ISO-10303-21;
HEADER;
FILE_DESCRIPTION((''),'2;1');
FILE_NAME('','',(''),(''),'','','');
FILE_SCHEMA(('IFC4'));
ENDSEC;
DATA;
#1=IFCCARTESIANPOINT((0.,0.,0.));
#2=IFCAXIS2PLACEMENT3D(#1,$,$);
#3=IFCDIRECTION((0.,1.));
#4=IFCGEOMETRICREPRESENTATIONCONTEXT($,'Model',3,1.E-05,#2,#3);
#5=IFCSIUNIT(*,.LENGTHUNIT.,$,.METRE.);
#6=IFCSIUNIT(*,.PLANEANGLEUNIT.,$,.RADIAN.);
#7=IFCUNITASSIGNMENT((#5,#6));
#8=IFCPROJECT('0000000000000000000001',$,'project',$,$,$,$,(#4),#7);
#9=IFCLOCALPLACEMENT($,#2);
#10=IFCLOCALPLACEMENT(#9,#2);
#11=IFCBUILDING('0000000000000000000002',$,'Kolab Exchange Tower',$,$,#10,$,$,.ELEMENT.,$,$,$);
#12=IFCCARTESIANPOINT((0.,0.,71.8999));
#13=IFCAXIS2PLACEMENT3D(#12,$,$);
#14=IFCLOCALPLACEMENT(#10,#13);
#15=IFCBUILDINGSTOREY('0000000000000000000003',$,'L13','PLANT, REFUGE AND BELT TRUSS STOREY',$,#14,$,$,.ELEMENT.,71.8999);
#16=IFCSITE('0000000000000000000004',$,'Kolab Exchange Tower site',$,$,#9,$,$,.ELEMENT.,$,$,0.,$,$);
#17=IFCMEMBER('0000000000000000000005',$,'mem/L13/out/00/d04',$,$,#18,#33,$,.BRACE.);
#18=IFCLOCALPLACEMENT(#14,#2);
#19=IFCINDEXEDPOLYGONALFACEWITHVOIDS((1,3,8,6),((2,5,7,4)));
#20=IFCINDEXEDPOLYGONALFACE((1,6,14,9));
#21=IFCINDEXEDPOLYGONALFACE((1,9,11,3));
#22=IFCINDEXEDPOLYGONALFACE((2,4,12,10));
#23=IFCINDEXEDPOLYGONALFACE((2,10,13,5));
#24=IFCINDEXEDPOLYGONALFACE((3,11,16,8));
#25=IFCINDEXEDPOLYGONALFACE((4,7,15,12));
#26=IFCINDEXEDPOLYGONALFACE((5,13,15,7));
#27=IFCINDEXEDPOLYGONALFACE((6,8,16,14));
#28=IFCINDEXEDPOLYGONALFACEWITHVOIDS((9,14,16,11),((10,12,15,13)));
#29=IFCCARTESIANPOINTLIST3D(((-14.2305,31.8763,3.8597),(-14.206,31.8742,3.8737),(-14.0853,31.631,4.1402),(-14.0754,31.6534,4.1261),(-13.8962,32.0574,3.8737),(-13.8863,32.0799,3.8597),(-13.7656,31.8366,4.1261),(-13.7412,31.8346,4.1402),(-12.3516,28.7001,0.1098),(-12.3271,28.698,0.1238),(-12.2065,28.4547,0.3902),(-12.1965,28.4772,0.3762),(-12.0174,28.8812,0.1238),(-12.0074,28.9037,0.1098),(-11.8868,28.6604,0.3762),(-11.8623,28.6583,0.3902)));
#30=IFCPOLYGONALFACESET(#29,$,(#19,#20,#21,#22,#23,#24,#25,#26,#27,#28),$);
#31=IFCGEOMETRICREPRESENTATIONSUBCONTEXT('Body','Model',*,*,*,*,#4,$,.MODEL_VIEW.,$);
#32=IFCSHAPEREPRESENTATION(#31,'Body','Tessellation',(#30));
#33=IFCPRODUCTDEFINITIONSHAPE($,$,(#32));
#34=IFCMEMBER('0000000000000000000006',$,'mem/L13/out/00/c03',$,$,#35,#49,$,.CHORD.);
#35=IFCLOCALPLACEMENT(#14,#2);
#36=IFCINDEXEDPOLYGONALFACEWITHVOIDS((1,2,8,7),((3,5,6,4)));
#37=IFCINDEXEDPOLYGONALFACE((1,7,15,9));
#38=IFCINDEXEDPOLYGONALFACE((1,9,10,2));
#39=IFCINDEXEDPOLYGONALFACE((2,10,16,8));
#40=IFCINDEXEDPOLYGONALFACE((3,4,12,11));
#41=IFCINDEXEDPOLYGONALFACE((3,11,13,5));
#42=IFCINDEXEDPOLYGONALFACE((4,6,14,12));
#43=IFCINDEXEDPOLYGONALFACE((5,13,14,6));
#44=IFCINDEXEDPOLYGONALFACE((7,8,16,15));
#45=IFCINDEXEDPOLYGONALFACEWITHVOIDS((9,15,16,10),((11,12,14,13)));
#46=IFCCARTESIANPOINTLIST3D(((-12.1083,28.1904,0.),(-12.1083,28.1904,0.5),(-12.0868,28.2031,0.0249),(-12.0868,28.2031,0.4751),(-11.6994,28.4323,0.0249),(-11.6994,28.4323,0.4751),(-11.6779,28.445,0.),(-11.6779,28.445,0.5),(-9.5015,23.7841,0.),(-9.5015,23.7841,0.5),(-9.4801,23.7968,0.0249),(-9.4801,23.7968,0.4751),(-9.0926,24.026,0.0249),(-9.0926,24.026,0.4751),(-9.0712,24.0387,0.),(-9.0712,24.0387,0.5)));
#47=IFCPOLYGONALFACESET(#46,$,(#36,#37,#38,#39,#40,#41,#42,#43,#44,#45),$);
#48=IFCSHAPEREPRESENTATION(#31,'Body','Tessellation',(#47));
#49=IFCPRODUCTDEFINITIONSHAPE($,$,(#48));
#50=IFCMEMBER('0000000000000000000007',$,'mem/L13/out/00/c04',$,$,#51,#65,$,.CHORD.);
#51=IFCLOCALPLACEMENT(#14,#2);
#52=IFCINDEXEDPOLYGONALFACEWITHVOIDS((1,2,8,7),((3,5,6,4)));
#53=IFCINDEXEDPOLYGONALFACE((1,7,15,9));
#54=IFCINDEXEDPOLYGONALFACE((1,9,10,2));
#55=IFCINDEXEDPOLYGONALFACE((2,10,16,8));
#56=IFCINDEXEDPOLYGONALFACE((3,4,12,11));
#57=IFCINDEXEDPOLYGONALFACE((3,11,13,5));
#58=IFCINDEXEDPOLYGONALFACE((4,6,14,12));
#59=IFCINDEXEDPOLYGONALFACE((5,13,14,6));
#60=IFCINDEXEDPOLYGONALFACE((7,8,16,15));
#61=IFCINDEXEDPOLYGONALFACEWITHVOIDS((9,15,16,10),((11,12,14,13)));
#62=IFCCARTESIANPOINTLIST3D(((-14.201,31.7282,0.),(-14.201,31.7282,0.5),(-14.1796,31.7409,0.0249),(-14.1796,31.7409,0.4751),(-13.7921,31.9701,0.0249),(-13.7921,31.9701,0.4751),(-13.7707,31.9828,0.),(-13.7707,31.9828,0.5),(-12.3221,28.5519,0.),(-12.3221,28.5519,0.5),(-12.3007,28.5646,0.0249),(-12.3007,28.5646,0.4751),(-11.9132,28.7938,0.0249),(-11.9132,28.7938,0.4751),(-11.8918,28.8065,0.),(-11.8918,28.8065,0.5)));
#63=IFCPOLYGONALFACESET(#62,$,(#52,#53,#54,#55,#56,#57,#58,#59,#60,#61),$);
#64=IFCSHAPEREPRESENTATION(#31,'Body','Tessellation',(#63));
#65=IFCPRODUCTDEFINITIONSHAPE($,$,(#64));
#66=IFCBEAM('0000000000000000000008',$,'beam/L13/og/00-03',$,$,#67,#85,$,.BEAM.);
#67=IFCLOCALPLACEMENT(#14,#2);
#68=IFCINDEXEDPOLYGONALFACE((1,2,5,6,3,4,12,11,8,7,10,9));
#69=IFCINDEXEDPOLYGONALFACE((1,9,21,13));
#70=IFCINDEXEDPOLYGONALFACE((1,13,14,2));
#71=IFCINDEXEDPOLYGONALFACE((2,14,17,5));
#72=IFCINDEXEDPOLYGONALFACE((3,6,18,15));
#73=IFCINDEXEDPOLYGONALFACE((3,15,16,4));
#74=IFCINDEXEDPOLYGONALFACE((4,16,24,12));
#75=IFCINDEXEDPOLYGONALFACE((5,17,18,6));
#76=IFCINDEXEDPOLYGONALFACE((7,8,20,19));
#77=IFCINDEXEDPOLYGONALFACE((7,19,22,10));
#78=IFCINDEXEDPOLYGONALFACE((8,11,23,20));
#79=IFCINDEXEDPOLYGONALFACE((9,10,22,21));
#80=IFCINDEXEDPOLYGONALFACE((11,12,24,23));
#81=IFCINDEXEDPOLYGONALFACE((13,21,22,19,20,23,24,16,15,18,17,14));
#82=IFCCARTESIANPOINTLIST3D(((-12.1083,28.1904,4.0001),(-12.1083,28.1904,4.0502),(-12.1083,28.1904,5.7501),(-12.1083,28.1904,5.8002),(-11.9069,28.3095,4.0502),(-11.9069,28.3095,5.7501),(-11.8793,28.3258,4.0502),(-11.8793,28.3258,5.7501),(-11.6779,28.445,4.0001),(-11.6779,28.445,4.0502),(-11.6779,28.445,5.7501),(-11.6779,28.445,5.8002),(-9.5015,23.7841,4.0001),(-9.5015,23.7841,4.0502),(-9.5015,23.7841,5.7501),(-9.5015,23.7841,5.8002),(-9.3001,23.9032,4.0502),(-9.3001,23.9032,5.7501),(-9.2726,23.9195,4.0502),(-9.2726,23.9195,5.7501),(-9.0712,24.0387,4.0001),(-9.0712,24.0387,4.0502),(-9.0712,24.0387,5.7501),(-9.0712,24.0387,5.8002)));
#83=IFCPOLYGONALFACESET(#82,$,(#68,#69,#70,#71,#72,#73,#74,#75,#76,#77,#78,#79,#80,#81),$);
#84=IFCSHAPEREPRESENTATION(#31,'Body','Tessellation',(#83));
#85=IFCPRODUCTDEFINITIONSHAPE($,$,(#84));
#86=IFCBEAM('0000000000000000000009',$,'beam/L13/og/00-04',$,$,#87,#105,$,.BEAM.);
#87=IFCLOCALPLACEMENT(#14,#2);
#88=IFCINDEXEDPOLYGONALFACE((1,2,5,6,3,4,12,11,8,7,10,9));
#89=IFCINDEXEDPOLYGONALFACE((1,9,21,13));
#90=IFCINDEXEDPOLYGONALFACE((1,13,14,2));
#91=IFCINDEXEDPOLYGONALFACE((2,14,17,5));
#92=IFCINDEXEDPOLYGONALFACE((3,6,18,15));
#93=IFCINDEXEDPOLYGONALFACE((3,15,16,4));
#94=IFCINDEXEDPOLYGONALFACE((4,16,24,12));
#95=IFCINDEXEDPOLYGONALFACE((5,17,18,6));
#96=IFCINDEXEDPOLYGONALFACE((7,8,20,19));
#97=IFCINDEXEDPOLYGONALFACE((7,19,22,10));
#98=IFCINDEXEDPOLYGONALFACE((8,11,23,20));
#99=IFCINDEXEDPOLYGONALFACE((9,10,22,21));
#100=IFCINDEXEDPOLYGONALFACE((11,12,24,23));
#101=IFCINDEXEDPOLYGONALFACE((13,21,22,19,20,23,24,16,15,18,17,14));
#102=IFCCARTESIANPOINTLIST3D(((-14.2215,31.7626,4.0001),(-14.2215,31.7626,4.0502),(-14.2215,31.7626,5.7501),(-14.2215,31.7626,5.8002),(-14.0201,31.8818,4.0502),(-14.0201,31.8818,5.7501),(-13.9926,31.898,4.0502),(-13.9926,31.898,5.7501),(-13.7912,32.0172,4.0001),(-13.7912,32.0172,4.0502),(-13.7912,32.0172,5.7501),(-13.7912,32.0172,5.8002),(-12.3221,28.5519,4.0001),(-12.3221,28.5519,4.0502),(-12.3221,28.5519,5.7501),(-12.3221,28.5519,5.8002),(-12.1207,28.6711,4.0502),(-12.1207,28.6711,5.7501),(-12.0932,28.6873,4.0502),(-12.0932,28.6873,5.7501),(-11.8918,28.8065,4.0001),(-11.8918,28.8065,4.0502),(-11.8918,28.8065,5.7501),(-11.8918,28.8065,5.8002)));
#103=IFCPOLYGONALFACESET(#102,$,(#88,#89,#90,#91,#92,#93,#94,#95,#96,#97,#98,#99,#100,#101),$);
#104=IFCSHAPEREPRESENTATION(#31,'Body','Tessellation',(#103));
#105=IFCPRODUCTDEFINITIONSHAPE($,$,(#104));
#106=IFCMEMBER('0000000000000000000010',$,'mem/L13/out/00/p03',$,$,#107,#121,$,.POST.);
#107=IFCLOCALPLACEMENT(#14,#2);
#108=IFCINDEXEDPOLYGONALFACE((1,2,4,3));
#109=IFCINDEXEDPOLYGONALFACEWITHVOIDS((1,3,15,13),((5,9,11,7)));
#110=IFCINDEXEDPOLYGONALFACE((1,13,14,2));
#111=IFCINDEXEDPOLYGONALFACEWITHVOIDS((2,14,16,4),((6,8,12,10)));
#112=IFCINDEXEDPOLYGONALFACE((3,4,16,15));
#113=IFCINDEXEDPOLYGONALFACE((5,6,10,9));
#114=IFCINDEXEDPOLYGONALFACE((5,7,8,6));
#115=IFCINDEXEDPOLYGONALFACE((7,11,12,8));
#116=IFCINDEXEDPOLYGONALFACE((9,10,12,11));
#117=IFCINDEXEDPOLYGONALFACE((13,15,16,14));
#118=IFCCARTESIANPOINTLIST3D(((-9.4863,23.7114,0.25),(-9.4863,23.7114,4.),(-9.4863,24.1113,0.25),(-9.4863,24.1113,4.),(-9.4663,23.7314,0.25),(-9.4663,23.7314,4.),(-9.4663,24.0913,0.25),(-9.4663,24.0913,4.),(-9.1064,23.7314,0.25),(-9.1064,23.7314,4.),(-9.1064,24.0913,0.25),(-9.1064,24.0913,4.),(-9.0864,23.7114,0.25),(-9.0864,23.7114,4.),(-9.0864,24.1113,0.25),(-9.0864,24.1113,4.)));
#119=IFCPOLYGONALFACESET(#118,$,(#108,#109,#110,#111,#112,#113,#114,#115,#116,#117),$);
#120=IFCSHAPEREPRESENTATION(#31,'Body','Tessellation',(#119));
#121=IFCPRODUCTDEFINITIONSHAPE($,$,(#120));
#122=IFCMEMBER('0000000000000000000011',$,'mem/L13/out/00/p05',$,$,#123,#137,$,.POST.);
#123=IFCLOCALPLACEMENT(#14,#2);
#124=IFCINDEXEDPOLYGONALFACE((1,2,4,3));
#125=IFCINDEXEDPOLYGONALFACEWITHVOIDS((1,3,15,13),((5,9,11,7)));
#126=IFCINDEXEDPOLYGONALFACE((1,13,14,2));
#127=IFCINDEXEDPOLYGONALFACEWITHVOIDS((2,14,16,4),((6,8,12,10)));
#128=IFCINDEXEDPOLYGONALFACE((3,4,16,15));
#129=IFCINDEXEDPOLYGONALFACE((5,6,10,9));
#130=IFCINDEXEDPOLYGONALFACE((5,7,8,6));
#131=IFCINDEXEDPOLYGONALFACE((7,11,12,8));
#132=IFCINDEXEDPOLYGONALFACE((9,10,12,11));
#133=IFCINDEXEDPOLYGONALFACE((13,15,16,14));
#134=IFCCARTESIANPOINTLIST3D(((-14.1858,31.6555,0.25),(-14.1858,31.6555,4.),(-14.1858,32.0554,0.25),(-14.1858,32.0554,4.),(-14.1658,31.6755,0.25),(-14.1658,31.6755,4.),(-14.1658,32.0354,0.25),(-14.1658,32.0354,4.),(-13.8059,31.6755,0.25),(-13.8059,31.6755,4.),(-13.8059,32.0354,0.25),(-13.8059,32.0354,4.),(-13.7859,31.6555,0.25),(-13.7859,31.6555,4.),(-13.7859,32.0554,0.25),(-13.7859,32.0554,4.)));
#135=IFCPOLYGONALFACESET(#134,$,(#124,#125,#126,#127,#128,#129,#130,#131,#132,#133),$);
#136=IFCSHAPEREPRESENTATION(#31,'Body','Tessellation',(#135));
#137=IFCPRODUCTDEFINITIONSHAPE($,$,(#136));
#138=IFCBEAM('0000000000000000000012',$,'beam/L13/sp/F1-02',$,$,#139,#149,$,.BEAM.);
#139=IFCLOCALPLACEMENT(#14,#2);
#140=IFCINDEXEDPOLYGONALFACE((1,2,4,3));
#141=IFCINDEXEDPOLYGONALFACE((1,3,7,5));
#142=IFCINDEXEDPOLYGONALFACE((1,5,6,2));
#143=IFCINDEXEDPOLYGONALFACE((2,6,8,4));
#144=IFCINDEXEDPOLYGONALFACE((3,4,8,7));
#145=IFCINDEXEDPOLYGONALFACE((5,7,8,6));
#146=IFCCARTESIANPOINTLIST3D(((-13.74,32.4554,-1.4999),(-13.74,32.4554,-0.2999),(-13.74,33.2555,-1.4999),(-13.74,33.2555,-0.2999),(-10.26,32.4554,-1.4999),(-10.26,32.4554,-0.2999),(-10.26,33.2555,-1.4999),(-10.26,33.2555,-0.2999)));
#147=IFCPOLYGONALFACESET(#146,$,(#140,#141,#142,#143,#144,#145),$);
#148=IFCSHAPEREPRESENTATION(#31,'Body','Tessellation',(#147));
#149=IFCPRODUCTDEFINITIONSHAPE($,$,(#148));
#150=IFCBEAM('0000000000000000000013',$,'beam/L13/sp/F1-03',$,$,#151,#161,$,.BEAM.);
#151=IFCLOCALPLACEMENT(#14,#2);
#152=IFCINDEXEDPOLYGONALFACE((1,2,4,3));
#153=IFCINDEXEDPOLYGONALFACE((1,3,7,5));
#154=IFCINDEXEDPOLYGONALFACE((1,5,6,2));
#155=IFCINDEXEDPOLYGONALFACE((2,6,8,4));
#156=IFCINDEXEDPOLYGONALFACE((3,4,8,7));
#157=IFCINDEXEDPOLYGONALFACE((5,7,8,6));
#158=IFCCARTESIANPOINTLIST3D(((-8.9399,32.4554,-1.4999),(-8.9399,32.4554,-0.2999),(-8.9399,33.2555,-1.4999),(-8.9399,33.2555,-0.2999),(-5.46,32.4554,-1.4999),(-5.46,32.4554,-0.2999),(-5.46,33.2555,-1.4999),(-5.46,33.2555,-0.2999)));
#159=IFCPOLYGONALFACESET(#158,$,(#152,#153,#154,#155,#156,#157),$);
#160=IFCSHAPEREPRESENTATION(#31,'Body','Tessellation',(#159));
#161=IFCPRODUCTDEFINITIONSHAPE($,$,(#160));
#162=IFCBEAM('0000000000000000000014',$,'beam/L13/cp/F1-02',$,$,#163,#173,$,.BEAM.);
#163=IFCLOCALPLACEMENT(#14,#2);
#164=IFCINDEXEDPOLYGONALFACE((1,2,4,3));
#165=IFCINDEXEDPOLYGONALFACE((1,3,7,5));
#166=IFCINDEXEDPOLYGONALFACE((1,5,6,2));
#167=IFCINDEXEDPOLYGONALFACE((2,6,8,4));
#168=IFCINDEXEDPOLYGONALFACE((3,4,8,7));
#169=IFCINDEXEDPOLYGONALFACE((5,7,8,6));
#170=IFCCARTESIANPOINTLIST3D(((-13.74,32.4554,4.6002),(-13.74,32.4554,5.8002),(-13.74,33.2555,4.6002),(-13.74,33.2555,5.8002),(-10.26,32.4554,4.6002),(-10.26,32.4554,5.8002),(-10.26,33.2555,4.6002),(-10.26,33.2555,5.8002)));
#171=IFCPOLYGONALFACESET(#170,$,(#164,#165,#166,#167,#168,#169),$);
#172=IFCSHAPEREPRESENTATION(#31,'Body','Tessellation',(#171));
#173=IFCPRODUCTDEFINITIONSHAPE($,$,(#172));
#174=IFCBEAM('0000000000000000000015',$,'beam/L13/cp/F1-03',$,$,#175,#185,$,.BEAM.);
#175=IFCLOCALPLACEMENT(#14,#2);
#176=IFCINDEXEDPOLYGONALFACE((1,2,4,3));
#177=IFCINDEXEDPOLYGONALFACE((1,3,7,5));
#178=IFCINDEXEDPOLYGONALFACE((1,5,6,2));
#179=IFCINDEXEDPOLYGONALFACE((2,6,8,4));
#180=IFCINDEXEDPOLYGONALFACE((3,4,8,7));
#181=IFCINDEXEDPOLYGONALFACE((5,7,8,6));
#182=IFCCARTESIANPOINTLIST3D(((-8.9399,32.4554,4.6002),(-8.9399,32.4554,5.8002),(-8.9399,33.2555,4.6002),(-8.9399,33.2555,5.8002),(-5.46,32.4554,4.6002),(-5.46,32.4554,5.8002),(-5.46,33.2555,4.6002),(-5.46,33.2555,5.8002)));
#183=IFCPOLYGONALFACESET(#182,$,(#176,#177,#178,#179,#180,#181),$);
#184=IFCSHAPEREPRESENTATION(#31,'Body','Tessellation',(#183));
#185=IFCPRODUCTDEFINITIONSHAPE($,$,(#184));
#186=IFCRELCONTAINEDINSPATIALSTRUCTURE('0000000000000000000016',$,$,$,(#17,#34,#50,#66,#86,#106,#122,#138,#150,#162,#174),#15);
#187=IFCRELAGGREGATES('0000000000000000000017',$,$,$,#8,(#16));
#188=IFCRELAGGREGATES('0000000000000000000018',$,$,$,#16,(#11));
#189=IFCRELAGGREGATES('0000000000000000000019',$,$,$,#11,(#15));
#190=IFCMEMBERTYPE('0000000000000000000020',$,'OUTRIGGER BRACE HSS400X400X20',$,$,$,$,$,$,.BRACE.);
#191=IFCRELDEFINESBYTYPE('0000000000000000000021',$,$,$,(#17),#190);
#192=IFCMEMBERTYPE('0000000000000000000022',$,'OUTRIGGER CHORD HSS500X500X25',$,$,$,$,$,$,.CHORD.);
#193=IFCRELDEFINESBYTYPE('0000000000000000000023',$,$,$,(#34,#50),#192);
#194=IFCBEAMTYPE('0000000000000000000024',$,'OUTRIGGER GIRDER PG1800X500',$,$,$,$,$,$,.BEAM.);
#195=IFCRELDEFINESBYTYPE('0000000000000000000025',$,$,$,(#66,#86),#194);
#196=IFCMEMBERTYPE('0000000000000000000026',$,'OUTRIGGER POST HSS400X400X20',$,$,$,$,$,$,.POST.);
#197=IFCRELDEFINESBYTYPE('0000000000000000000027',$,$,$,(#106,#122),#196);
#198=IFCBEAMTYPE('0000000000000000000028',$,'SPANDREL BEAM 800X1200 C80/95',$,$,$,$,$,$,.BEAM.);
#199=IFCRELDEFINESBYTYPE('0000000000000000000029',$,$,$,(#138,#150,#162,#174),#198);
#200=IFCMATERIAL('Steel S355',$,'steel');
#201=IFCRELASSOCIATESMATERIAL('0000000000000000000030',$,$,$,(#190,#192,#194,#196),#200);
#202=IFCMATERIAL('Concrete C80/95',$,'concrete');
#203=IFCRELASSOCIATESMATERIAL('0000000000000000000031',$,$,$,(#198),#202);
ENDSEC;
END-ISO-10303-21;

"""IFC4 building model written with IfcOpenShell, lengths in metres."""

from ifc_helpers import new_model, si_unit, direction, frame, origin, origin_2d, place, context, subcontext, project, spatial, rectangle, hollow_rectangle, i_section, extrude, material, material_profile, profile_set, type_object, element, save


model = new_model("IFC4")

# Units and contexts
model_context = context("Model", 3, precision=1e-05, world=origin(), true_north=direction((0.0, 1.0)))
body_context = subcontext(model_context, "Body", "Model", "MODEL_VIEW")
ifc_project = project(units=[si_unit("LENGTHUNIT", "METRE"), si_unit("PLANEANGLEUNIT", "RADIAN")], contexts=[model_context])

# Site, building, storey
site_placement = place(None, origin())
site = spatial("IfcSite", under=ifc_project, at=site_placement, Name="Kolab Exchange Tower site", CompositionType="ELEMENT", RefElevation=0.0)
building_placement = place(site_placement, origin())
building = spatial("IfcBuilding", under=site, at=building_placement, Name="Kolab Exchange Tower", CompositionType="ELEMENT")
storey_placement = place(building_placement, frame((0.0, 0.0, 71.8999)))
storey = spatial("IfcBuildingStorey", under=building, at=storey_placement, Name="L13", Description="PLANT, REFUGE AND BELT TRUSS STOREY", CompositionType="ELEMENT", Elevation=71.8999)

# Shared definitions
ifc_material_1 = material(Name="Concrete C80/95", Category="concrete")

# Shared definitions
ifc_material_2 = material(Name="Steel S355", Category="steel")

# Members
ifc_material_profile_1 = material_profile(ifc_material_2, hollow_rectangle(XDim=0.3999, YDim=0.3999, WallThickness=0.02, at=origin_2d()), Name="HSS400X400X20")
ifc_profile_set_1 = profile_set([ifc_material_profile_1], Name="Steel S355")
member_type_1 = type_object("IfcMemberType", Name="OUTRIGGER BRACE HSS400X400X20", PredefinedType="BRACE", material=ifc_profile_set_1)
member_1_placement = place(storey_placement, frame((-12.1069, 28.6792, 0.25), z_axis=(-0.357117, 0.603702, 0.712749), x_axis=(-0.860687, -0.509135, 0.0)))
element("IfcMember", 1, at=member_1_placement, inside=storey, type_object=member_type_1, Name="mem/L13/out/00/d04", PredefinedType="BRACE", context=body_context, shape_type="SweptSolid", body=[
    extrude(hollow_rectangle(XDim=0.3999, YDim=0.3999, WallThickness=0.02, at=origin_2d()), origin(), (0.0, 0.0, 1.0), 5.2612),
])
ifc_material_profile_2 = material_profile(ifc_material_2, hollow_rectangle(XDim=0.5, YDim=0.5, WallThickness=0.0249, at=origin_2d()), Name="HSS500X500X25")
ifc_profile_set_2 = profile_set([ifc_material_profile_2], Name="Steel S355")
member_type_2 = type_object("IfcMemberType", Name="OUTRIGGER CHORD HSS500X500X25", PredefinedType="CHORD", material=ifc_profile_set_2)
member_2_placement = place(storey_placement, frame((-9.2864, 23.9114, 0.25), z_axis=(-0.509163, 0.86067, 0.0), x_axis=(-0.86067, -0.509163, 0.0)))
element("IfcMember", 2, at=member_2_placement, inside=storey, type_object=member_type_2, Name="mem/L13/out/00/c03", PredefinedType="CHORD", context=body_context, shape_type="SweptSolid", body=[
    extrude(hollow_rectangle(XDim=0.5, YDim=0.5, WallThickness=0.0249, at=origin_2d()), origin(), (0.0, 0.0, 1.0), 5.1196),
])
member_3_placement = place(storey_placement, frame((-12.1069, 28.6792, 0.25), z_axis=(-0.509135, 0.860687, 0.0), x_axis=(-0.860687, -0.509135, 0.0)))
element("IfcMember", 3, at=member_3_placement, inside=storey, type_object=member_type_2, Name="mem/L13/out/00/c04", PredefinedType="CHORD", context=body_context, shape_type="SweptSolid", body=[
    extrude(hollow_rectangle(XDim=0.5, YDim=0.5, WallThickness=0.0249, at=origin_2d()), origin(), (0.0, 0.0, 1.0), 3.6904),
])

# Beams
ifc_material_profile_3 = material_profile(ifc_material_2, i_section(OverallWidth=0.5, OverallDepth=1.8, WebThickness=0.032, FlangeThickness=0.05, at=origin_2d()), Name="PG1800X500")
ifc_profile_set_3 = profile_set([ifc_material_profile_3], Name="Steel S355")
beam_type_1 = type_object("IfcBeamType", Name="OUTRIGGER GIRDER PG1800X500", PredefinedType="BEAM", material=ifc_profile_set_3)
beam_1_placement = place(storey_placement, frame((-9.2864, 23.9114, 4.9001), z_axis=(-0.509163, 0.86067, 0.0), x_axis=(-0.86067, -0.509163, 0.0)))
element("IfcBeam", 4, at=beam_1_placement, inside=storey, type_object=beam_type_1, Name="beam/L13/og/00-03", PredefinedType="BEAM", context=body_context, shape_type="SweptSolid", body=[
    extrude(i_section(OverallWidth=0.5, OverallDepth=1.8, WebThickness=0.032, FlangeThickness=0.05, at=origin_2d()), origin(), (0.0, 0.0, 1.0), 5.1196),
])
beam_2_placement = place(storey_placement, frame((-12.1069, 28.6792, 4.9001), z_axis=(-0.509164, 0.86067, 0.0), x_axis=(-0.86067, -0.509164, 0.0)))
element("IfcBeam", 5, at=beam_2_placement, inside=storey, type_object=beam_type_1, Name="beam/L13/og/00-04", PredefinedType="BEAM", context=body_context, shape_type="SweptSolid", body=[
    extrude(i_section(OverallWidth=0.5, OverallDepth=1.8, WebThickness=0.032, FlangeThickness=0.05, at=origin_2d()), origin(), (0.0, 0.0, 1.0), 3.7305),
])

# Members
ifc_material_profile_4 = material_profile(ifc_material_2, hollow_rectangle(XDim=0.3999, YDim=0.3999, WallThickness=0.02, at=origin_2d()), Name="HSS400X400X20")
ifc_profile_set_4 = profile_set([ifc_material_profile_4], Name="Steel S355")
member_type_3 = type_object("IfcMemberType", Name="OUTRIGGER POST HSS400X400X20", PredefinedType="POST", material=ifc_profile_set_4)
for number, where, z_axis, x_axis, name in (
    (6, (-9.2864, 23.9114, 0.25), (0.0, 0.0, 1.0), (1.0, 0.0, 0.0), "mem/L13/out/00/p03"),
    (7, (-13.9858, 31.8555, 0.25), (0.0, 0.0, 1.0), (1.0, 0.0, 0.0), "mem/L13/out/00/p05"),
):
    element("IfcMember", number, at=place(storey_placement, frame(where, z_axis=z_axis, x_axis=x_axis)), inside=storey, type_object=member_type_3, Name=name, PredefinedType="POST", context=body_context, shape_type="SweptSolid", body=[
        extrude(hollow_rectangle(XDim=0.3999, YDim=0.3999, WallThickness=0.02, at=origin_2d()), origin(), (0.0, 0.0, 1.0), 3.75),
    ])

# Beams
ifc_material_profile_5 = material_profile(ifc_material_1, rectangle(XDim=0.8, YDim=1.2, at=origin_2d()), Name="RC800X1200")
ifc_profile_set_5 = profile_set([ifc_material_profile_5], Name="Concrete C80/95")
beam_type_2 = type_object("IfcBeamType", Name="SPANDREL BEAM 800X1200 C80/95", PredefinedType="BEAM", material=ifc_profile_set_5)
for number, where, z_axis, x_axis, name in (
    (8, (-13.74, 32.8555, -0.8999), (1.0, 0.0, 0.0), (0.0, 1.0, 0.0), "beam/L13/sp/F1-02"),
    (9, (-8.9399, 32.8555, -0.8999), (1.0, 0.0, 0.0), (0.0, 1.0, 0.0), "beam/L13/sp/F1-03"),
    (10, (-13.74, 32.8555, 5.2002), (1.0, 0.0, 0.0), (0.0, 1.0, 0.0), "beam/L13/cp/F1-02"),
    (11, (-8.9399, 32.8555, 5.2002), (1.0, 0.0, 0.0), (0.0, 1.0, 0.0), "beam/L13/cp/F1-03"),
):
    element("IfcBeam", number, at=place(storey_placement, frame(where, z_axis=z_axis, x_axis=x_axis)), inside=storey, type_object=beam_type_2, Name=name, PredefinedType="BEAM", context=body_context, shape_type="SweptSolid", body=[
        extrude(rectangle(XDim=0.8, YDim=1.2, at=origin_2d()), origin(), (0.0, 0.0, 1.0), 3.48),
    ])

save(model, "model.ifc")
